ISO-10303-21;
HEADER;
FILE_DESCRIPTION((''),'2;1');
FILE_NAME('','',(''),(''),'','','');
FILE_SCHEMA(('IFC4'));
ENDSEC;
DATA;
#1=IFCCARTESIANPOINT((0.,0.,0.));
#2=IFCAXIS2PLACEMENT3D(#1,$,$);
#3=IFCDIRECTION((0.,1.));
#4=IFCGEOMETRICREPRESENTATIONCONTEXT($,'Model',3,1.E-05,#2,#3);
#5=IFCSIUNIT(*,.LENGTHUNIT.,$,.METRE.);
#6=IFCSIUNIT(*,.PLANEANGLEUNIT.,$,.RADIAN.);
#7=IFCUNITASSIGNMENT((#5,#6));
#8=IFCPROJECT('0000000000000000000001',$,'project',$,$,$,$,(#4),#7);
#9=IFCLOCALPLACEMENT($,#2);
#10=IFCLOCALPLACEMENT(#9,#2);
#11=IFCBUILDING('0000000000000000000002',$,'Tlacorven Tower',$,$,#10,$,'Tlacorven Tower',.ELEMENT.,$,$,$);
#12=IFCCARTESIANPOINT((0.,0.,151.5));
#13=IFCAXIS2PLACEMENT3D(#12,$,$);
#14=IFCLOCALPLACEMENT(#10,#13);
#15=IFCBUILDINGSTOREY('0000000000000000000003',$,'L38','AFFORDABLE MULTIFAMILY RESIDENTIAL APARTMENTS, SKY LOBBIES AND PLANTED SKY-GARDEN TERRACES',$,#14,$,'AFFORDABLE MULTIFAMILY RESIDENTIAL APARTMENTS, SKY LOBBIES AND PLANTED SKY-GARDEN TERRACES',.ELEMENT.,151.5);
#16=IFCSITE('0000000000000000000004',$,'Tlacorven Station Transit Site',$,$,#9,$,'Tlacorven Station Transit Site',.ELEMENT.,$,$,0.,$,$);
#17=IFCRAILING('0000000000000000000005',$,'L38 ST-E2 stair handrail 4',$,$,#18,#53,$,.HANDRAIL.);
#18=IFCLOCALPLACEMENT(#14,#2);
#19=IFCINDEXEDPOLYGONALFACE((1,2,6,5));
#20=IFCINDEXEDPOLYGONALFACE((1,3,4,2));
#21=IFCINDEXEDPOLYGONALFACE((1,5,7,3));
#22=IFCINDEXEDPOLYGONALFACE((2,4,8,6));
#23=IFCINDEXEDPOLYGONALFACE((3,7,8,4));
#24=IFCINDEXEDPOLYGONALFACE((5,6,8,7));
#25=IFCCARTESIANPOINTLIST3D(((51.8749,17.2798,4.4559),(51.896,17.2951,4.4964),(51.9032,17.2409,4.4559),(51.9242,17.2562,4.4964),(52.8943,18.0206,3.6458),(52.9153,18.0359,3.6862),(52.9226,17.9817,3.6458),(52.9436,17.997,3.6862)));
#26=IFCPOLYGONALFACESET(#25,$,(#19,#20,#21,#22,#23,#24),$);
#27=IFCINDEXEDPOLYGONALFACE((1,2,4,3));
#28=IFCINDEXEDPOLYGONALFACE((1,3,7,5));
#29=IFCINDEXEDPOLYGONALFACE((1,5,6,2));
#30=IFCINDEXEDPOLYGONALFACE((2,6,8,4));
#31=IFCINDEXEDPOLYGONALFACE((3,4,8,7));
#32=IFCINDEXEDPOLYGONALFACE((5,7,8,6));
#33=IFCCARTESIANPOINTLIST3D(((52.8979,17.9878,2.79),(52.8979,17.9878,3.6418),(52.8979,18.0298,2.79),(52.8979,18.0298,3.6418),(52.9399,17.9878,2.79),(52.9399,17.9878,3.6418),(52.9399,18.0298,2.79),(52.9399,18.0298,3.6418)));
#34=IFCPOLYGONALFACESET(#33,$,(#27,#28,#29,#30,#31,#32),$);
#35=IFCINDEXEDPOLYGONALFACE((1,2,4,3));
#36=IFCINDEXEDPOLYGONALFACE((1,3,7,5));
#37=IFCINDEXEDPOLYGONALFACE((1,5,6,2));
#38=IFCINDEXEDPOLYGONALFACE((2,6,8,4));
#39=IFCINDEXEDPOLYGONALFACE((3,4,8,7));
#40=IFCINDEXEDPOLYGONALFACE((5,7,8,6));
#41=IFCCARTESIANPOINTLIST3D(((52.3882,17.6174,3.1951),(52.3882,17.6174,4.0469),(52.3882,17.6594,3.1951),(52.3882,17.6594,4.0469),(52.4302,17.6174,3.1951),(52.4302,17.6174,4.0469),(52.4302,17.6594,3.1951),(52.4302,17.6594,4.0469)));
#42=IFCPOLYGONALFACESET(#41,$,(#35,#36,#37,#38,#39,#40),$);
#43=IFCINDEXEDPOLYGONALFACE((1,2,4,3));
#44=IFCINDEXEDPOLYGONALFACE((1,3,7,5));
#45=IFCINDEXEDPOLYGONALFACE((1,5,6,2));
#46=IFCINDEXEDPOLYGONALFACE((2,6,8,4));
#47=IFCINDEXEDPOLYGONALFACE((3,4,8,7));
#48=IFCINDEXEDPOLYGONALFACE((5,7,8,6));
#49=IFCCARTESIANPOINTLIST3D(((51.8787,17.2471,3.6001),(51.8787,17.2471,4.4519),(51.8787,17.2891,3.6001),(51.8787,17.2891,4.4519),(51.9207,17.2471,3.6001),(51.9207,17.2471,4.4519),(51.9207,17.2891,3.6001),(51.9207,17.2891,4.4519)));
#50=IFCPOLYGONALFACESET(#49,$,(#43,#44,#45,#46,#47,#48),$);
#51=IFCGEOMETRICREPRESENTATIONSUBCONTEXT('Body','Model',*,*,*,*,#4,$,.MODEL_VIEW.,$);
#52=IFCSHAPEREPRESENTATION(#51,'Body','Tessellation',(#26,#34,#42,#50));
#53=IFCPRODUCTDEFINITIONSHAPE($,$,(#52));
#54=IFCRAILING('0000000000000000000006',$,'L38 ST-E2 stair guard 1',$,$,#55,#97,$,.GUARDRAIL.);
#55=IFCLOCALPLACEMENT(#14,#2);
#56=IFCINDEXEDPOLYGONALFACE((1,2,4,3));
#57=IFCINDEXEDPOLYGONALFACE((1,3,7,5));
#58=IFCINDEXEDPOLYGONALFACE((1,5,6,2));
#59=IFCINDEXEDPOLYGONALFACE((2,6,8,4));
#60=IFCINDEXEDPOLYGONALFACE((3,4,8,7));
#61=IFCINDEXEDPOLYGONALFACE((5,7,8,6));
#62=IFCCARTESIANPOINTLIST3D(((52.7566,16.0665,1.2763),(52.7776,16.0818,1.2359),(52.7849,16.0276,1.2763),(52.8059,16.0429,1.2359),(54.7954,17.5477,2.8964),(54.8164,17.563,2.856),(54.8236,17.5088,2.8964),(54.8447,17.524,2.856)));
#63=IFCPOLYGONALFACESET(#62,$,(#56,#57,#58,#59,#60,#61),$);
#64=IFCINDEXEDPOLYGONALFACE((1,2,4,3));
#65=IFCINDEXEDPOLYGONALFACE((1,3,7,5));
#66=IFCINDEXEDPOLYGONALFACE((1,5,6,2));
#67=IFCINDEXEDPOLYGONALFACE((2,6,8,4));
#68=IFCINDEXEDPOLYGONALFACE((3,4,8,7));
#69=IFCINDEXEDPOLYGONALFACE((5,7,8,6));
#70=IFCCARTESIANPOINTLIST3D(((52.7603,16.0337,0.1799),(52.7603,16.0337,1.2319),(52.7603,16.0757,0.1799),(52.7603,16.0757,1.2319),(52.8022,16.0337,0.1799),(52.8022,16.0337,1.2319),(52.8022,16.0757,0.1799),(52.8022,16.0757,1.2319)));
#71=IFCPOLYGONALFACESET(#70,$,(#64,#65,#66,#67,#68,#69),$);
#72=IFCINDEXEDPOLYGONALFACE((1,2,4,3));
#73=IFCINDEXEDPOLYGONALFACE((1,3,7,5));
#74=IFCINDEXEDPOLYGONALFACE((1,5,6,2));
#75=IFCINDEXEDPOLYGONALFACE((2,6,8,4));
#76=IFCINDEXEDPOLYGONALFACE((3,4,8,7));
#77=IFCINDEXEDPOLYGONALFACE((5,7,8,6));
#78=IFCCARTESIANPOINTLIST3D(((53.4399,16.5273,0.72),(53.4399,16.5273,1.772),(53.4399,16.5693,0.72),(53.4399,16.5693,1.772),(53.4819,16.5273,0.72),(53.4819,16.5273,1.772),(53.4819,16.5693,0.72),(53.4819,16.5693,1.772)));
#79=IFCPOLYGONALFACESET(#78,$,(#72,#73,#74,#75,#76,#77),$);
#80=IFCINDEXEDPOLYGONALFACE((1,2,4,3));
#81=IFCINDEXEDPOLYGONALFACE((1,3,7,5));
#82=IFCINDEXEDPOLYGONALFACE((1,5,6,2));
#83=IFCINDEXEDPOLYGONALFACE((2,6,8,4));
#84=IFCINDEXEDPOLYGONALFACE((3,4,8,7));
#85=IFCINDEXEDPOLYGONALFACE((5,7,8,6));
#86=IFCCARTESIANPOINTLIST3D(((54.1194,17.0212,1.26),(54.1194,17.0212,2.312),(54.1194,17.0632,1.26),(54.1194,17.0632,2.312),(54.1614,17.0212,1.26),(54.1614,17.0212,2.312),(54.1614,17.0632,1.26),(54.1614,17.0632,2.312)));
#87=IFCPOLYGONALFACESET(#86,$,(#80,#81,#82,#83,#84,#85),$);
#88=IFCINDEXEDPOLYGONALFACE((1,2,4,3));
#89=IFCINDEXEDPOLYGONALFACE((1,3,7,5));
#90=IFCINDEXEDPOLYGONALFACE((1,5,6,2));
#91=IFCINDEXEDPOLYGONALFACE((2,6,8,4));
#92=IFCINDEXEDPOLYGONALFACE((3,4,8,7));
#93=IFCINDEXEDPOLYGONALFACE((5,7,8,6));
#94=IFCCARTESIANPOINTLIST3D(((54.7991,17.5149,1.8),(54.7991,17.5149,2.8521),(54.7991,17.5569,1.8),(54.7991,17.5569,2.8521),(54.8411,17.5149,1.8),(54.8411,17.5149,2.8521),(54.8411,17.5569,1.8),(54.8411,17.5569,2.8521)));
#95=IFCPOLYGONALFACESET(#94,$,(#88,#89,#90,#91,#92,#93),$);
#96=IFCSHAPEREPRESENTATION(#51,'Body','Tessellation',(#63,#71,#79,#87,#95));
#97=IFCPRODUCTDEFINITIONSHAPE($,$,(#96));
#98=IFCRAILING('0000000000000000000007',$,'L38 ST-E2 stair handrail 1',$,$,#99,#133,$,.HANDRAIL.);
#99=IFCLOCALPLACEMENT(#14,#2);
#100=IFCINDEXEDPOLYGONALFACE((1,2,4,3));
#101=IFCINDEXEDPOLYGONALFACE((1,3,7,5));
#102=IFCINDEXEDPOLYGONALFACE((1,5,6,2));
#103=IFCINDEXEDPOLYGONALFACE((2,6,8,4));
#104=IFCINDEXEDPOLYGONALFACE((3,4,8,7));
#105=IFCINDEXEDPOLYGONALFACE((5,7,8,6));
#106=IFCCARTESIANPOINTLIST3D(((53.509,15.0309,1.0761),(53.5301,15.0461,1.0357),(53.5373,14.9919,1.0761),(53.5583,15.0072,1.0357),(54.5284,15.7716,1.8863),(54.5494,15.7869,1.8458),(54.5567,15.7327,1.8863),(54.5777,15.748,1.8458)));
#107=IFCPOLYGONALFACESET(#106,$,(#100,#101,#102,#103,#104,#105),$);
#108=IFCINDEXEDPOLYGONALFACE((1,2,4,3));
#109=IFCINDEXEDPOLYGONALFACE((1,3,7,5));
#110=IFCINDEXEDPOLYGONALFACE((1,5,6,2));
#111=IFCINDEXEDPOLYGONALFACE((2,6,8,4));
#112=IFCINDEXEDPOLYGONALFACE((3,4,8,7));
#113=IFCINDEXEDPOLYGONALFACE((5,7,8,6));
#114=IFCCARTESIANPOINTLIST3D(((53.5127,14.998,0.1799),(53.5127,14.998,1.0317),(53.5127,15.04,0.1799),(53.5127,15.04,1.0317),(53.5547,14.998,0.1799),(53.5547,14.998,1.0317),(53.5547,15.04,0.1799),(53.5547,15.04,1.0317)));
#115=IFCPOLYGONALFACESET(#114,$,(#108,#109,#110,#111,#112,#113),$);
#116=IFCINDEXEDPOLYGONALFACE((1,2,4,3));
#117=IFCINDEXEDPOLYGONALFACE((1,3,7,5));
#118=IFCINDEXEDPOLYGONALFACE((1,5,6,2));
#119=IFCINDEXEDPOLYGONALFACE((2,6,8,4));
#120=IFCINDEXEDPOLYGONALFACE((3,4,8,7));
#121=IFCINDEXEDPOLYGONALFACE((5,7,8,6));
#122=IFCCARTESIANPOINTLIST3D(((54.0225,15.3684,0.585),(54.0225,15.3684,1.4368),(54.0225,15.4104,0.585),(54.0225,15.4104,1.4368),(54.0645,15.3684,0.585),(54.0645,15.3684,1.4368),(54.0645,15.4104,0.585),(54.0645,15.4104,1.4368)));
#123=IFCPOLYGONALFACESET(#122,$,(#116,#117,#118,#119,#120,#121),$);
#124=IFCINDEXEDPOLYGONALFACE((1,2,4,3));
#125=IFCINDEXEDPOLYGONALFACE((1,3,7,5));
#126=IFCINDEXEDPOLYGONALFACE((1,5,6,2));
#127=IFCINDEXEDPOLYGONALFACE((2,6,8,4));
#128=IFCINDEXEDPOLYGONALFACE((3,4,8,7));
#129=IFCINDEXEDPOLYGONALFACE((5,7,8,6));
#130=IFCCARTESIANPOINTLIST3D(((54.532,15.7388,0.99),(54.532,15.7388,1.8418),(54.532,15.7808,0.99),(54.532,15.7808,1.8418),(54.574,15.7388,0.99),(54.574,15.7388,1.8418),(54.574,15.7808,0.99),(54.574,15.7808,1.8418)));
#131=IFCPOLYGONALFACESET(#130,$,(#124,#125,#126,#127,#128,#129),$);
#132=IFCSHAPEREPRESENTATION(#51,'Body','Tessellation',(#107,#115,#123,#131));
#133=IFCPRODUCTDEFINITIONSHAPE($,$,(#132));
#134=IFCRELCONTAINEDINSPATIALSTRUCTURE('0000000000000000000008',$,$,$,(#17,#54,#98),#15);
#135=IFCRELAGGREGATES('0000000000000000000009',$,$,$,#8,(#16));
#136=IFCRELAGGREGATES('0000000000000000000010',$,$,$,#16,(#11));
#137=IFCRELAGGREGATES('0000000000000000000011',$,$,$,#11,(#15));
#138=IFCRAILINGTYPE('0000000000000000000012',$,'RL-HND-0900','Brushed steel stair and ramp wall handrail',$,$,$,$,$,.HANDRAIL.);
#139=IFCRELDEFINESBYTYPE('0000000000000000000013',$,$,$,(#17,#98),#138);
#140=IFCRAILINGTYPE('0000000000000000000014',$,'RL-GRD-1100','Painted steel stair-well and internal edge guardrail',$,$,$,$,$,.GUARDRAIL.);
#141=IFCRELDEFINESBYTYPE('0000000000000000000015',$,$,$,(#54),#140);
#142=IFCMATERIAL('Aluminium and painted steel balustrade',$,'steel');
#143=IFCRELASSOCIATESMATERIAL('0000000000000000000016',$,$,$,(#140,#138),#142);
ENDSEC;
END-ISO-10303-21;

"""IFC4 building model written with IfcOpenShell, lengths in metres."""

from ifc_helpers import new_model, si_unit, direction, frame, origin, origin_2d, place, context, subcontext, project, spatial, rectangle, extrude, source, transform, mapped, material, type_object, element, save


model = new_model("IFC4")

# Units and contexts
model_context = context("Model", 3, precision=1e-05, world=origin(), true_north=direction((0.0, 1.0)))
body_context = subcontext(model_context, "Body", "Model", "MODEL_VIEW")
ifc_project = project(units=[si_unit("LENGTHUNIT", "METRE"), si_unit("PLANEANGLEUNIT", "RADIAN")], contexts=[model_context])

# Site, building, storey
site_placement = place(None, origin())
site = spatial("IfcSite", under=ifc_project, at=site_placement, Name="Tlacorven Station Transit Site", LongName="Tlacorven Station Transit Site", CompositionType="ELEMENT", RefElevation=0.0)
building_placement = place(site_placement, origin())
building = spatial("IfcBuilding", under=site, at=building_placement, Name="Tlacorven Tower", LongName="Tlacorven Tower", CompositionType="ELEMENT")
storey_placement = place(building_placement, frame((0.0, 0.0, 151.5)))
storey = spatial("IfcBuildingStorey", under=building, at=storey_placement, Name="L38", Description="AFFORDABLE MULTIFAMILY RESIDENTIAL APARTMENTS, SKY LOBBIES AND PLANTED SKY-GARDEN TERRACES", LongName="AFFORDABLE MULTIFAMILY RESIDENTIAL APARTMENTS, SKY LOBBIES AND PLANTED SKY-GARDEN TERRACES", CompositionType="ELEMENT", Elevation=151.5)

# Railings
ifc_material_1 = material(Name="Aluminium and painted steel balustrade", Category="steel")
railing_type_1 = type_object("IfcRailingType", Name="RL-GRD-1100", Description="Painted steel stair-well and internal edge guardrail", PredefinedType="GUARDRAIL", material=ifc_material_1)
railing_type_2 = type_object("IfcRailingType", Name="RL-HND-0900", Description="Brushed steel stair and ramp wall handrail", PredefinedType="HANDRAIL", material=ifc_material_1)
shared_shape_1 = source(origin(), body_context, "Body", "SweptSolid", [
    extrude(rectangle(XDim=0.0481, YDim=0.0481, at=origin_2d()), frame((0.0, 0.0, 0.876), z_axis=(-0.680461, -0.494496, 0.540783), x_axis=(0.587872, -0.808954, 0.0)), (0.0, 0.0, 1.0), 1.498),
    extrude(rectangle(XDim=0.042, YDim=0.042, at=origin_2d()), origin(), (0.0, 0.0, 1.0), 0.8518),
    extrude(rectangle(XDim=0.042, YDim=0.042, at=origin_2d()), frame((-0.5098, -0.3704, 0.405)), (0.0, 0.0, 1.0), 0.8518),
    extrude(rectangle(XDim=0.042, YDim=0.042, at=origin_2d()), frame((-1.0193, -0.7407, 0.8101)), (0.0, 0.0, 1.0), 0.8518),
])
railing_1_placement = place(storey_placement, frame((52.9189, 18.0088, 2.79)))
element("IfcRailing", 1, at=railing_1_placement, inside=storey, type_object=railing_type_2, Name="L38 ST-E2 stair handrail 4", PredefinedType="HANDRAIL", context=body_context, shape_type="MappedRepresentation", body=[
    mapped(shared_shape_1, transform((0.0, 0.0, 0.0), scale=1.0)),
])
shared_shape_2 = source(origin(), body_context, "Body", "SweptSolid", [
    extrude(rectangle(XDim=0.0481, YDim=0.0481, at=origin_2d()), frame((0.0, 0.0, 1.0762), z_axis=(0.680532, 0.494407, 0.540775), x_axis=(-0.587763, 0.809033, 0.0)), (0.0, 0.0, 1.0), 2.9958),
    extrude(rectangle(XDim=0.042, YDim=0.042, at=origin_2d()), origin(), (0.0, 0.0, 1.0), 1.052),
    extrude(rectangle(XDim=0.042, YDim=0.042, at=origin_2d()), frame((0.6797, 0.4937, 0.54)), (0.0, 0.0, 1.0), 1.052),
    extrude(rectangle(XDim=0.042, YDim=0.042, at=origin_2d()), frame((1.3591, 0.9875, 1.0801)), (0.0, 0.0, 1.0), 1.052),
    extrude(rectangle(XDim=0.042, YDim=0.042, at=origin_2d()), frame((2.0388, 1.4812, 1.6201)), (0.0, 0.0, 1.0), 1.052),
])
railing_2_placement = place(storey_placement, frame((52.7812, 16.0547, 0.1799)))
element("IfcRailing", 2, at=railing_2_placement, inside=storey, type_object=railing_type_1, Name="L38 ST-E2 stair guard 1", PredefinedType="GUARDRAIL", context=body_context, shape_type="MappedRepresentation", body=[
    mapped(shared_shape_2, transform((0.0, 0.0, 0.0), scale=1.0)),
])
shared_shape_3 = source(origin(), body_context, "Body", "SweptSolid", [
    extrude(rectangle(XDim=0.0481, YDim=0.0481, at=origin_2d()), frame((0.0, 0.0, 0.876), z_axis=(0.680461, 0.494496, 0.540783), x_axis=(-0.587872, 0.808954, 0.0)), (0.0, 0.0, 1.0), 1.498),
    extrude(rectangle(XDim=0.042, YDim=0.042, at=origin_2d()), origin(), (0.0, 0.0, 1.0), 0.8518),
    extrude(rectangle(XDim=0.042, YDim=0.042, at=origin_2d()), frame((0.5098, 0.3704, 0.405)), (0.0, 0.0, 1.0), 0.8518),
    extrude(rectangle(XDim=0.042, YDim=0.042, at=origin_2d()), frame((1.0193, 0.7407, 0.8101)), (0.0, 0.0, 1.0), 0.8518),
])
railing_3_placement = place(storey_placement, frame((53.5337, 15.019, 0.1799)))
element("IfcRailing", 3, at=railing_3_placement, inside=storey, type_object=railing_type_2, Name="L38 ST-E2 stair handrail 1", PredefinedType="HANDRAIL", context=body_context, shape_type="MappedRepresentation", body=[
    mapped(shared_shape_3, transform((0.0, 0.0, 0.0), scale=1.0)),
])

save(model, "model.ifc")
